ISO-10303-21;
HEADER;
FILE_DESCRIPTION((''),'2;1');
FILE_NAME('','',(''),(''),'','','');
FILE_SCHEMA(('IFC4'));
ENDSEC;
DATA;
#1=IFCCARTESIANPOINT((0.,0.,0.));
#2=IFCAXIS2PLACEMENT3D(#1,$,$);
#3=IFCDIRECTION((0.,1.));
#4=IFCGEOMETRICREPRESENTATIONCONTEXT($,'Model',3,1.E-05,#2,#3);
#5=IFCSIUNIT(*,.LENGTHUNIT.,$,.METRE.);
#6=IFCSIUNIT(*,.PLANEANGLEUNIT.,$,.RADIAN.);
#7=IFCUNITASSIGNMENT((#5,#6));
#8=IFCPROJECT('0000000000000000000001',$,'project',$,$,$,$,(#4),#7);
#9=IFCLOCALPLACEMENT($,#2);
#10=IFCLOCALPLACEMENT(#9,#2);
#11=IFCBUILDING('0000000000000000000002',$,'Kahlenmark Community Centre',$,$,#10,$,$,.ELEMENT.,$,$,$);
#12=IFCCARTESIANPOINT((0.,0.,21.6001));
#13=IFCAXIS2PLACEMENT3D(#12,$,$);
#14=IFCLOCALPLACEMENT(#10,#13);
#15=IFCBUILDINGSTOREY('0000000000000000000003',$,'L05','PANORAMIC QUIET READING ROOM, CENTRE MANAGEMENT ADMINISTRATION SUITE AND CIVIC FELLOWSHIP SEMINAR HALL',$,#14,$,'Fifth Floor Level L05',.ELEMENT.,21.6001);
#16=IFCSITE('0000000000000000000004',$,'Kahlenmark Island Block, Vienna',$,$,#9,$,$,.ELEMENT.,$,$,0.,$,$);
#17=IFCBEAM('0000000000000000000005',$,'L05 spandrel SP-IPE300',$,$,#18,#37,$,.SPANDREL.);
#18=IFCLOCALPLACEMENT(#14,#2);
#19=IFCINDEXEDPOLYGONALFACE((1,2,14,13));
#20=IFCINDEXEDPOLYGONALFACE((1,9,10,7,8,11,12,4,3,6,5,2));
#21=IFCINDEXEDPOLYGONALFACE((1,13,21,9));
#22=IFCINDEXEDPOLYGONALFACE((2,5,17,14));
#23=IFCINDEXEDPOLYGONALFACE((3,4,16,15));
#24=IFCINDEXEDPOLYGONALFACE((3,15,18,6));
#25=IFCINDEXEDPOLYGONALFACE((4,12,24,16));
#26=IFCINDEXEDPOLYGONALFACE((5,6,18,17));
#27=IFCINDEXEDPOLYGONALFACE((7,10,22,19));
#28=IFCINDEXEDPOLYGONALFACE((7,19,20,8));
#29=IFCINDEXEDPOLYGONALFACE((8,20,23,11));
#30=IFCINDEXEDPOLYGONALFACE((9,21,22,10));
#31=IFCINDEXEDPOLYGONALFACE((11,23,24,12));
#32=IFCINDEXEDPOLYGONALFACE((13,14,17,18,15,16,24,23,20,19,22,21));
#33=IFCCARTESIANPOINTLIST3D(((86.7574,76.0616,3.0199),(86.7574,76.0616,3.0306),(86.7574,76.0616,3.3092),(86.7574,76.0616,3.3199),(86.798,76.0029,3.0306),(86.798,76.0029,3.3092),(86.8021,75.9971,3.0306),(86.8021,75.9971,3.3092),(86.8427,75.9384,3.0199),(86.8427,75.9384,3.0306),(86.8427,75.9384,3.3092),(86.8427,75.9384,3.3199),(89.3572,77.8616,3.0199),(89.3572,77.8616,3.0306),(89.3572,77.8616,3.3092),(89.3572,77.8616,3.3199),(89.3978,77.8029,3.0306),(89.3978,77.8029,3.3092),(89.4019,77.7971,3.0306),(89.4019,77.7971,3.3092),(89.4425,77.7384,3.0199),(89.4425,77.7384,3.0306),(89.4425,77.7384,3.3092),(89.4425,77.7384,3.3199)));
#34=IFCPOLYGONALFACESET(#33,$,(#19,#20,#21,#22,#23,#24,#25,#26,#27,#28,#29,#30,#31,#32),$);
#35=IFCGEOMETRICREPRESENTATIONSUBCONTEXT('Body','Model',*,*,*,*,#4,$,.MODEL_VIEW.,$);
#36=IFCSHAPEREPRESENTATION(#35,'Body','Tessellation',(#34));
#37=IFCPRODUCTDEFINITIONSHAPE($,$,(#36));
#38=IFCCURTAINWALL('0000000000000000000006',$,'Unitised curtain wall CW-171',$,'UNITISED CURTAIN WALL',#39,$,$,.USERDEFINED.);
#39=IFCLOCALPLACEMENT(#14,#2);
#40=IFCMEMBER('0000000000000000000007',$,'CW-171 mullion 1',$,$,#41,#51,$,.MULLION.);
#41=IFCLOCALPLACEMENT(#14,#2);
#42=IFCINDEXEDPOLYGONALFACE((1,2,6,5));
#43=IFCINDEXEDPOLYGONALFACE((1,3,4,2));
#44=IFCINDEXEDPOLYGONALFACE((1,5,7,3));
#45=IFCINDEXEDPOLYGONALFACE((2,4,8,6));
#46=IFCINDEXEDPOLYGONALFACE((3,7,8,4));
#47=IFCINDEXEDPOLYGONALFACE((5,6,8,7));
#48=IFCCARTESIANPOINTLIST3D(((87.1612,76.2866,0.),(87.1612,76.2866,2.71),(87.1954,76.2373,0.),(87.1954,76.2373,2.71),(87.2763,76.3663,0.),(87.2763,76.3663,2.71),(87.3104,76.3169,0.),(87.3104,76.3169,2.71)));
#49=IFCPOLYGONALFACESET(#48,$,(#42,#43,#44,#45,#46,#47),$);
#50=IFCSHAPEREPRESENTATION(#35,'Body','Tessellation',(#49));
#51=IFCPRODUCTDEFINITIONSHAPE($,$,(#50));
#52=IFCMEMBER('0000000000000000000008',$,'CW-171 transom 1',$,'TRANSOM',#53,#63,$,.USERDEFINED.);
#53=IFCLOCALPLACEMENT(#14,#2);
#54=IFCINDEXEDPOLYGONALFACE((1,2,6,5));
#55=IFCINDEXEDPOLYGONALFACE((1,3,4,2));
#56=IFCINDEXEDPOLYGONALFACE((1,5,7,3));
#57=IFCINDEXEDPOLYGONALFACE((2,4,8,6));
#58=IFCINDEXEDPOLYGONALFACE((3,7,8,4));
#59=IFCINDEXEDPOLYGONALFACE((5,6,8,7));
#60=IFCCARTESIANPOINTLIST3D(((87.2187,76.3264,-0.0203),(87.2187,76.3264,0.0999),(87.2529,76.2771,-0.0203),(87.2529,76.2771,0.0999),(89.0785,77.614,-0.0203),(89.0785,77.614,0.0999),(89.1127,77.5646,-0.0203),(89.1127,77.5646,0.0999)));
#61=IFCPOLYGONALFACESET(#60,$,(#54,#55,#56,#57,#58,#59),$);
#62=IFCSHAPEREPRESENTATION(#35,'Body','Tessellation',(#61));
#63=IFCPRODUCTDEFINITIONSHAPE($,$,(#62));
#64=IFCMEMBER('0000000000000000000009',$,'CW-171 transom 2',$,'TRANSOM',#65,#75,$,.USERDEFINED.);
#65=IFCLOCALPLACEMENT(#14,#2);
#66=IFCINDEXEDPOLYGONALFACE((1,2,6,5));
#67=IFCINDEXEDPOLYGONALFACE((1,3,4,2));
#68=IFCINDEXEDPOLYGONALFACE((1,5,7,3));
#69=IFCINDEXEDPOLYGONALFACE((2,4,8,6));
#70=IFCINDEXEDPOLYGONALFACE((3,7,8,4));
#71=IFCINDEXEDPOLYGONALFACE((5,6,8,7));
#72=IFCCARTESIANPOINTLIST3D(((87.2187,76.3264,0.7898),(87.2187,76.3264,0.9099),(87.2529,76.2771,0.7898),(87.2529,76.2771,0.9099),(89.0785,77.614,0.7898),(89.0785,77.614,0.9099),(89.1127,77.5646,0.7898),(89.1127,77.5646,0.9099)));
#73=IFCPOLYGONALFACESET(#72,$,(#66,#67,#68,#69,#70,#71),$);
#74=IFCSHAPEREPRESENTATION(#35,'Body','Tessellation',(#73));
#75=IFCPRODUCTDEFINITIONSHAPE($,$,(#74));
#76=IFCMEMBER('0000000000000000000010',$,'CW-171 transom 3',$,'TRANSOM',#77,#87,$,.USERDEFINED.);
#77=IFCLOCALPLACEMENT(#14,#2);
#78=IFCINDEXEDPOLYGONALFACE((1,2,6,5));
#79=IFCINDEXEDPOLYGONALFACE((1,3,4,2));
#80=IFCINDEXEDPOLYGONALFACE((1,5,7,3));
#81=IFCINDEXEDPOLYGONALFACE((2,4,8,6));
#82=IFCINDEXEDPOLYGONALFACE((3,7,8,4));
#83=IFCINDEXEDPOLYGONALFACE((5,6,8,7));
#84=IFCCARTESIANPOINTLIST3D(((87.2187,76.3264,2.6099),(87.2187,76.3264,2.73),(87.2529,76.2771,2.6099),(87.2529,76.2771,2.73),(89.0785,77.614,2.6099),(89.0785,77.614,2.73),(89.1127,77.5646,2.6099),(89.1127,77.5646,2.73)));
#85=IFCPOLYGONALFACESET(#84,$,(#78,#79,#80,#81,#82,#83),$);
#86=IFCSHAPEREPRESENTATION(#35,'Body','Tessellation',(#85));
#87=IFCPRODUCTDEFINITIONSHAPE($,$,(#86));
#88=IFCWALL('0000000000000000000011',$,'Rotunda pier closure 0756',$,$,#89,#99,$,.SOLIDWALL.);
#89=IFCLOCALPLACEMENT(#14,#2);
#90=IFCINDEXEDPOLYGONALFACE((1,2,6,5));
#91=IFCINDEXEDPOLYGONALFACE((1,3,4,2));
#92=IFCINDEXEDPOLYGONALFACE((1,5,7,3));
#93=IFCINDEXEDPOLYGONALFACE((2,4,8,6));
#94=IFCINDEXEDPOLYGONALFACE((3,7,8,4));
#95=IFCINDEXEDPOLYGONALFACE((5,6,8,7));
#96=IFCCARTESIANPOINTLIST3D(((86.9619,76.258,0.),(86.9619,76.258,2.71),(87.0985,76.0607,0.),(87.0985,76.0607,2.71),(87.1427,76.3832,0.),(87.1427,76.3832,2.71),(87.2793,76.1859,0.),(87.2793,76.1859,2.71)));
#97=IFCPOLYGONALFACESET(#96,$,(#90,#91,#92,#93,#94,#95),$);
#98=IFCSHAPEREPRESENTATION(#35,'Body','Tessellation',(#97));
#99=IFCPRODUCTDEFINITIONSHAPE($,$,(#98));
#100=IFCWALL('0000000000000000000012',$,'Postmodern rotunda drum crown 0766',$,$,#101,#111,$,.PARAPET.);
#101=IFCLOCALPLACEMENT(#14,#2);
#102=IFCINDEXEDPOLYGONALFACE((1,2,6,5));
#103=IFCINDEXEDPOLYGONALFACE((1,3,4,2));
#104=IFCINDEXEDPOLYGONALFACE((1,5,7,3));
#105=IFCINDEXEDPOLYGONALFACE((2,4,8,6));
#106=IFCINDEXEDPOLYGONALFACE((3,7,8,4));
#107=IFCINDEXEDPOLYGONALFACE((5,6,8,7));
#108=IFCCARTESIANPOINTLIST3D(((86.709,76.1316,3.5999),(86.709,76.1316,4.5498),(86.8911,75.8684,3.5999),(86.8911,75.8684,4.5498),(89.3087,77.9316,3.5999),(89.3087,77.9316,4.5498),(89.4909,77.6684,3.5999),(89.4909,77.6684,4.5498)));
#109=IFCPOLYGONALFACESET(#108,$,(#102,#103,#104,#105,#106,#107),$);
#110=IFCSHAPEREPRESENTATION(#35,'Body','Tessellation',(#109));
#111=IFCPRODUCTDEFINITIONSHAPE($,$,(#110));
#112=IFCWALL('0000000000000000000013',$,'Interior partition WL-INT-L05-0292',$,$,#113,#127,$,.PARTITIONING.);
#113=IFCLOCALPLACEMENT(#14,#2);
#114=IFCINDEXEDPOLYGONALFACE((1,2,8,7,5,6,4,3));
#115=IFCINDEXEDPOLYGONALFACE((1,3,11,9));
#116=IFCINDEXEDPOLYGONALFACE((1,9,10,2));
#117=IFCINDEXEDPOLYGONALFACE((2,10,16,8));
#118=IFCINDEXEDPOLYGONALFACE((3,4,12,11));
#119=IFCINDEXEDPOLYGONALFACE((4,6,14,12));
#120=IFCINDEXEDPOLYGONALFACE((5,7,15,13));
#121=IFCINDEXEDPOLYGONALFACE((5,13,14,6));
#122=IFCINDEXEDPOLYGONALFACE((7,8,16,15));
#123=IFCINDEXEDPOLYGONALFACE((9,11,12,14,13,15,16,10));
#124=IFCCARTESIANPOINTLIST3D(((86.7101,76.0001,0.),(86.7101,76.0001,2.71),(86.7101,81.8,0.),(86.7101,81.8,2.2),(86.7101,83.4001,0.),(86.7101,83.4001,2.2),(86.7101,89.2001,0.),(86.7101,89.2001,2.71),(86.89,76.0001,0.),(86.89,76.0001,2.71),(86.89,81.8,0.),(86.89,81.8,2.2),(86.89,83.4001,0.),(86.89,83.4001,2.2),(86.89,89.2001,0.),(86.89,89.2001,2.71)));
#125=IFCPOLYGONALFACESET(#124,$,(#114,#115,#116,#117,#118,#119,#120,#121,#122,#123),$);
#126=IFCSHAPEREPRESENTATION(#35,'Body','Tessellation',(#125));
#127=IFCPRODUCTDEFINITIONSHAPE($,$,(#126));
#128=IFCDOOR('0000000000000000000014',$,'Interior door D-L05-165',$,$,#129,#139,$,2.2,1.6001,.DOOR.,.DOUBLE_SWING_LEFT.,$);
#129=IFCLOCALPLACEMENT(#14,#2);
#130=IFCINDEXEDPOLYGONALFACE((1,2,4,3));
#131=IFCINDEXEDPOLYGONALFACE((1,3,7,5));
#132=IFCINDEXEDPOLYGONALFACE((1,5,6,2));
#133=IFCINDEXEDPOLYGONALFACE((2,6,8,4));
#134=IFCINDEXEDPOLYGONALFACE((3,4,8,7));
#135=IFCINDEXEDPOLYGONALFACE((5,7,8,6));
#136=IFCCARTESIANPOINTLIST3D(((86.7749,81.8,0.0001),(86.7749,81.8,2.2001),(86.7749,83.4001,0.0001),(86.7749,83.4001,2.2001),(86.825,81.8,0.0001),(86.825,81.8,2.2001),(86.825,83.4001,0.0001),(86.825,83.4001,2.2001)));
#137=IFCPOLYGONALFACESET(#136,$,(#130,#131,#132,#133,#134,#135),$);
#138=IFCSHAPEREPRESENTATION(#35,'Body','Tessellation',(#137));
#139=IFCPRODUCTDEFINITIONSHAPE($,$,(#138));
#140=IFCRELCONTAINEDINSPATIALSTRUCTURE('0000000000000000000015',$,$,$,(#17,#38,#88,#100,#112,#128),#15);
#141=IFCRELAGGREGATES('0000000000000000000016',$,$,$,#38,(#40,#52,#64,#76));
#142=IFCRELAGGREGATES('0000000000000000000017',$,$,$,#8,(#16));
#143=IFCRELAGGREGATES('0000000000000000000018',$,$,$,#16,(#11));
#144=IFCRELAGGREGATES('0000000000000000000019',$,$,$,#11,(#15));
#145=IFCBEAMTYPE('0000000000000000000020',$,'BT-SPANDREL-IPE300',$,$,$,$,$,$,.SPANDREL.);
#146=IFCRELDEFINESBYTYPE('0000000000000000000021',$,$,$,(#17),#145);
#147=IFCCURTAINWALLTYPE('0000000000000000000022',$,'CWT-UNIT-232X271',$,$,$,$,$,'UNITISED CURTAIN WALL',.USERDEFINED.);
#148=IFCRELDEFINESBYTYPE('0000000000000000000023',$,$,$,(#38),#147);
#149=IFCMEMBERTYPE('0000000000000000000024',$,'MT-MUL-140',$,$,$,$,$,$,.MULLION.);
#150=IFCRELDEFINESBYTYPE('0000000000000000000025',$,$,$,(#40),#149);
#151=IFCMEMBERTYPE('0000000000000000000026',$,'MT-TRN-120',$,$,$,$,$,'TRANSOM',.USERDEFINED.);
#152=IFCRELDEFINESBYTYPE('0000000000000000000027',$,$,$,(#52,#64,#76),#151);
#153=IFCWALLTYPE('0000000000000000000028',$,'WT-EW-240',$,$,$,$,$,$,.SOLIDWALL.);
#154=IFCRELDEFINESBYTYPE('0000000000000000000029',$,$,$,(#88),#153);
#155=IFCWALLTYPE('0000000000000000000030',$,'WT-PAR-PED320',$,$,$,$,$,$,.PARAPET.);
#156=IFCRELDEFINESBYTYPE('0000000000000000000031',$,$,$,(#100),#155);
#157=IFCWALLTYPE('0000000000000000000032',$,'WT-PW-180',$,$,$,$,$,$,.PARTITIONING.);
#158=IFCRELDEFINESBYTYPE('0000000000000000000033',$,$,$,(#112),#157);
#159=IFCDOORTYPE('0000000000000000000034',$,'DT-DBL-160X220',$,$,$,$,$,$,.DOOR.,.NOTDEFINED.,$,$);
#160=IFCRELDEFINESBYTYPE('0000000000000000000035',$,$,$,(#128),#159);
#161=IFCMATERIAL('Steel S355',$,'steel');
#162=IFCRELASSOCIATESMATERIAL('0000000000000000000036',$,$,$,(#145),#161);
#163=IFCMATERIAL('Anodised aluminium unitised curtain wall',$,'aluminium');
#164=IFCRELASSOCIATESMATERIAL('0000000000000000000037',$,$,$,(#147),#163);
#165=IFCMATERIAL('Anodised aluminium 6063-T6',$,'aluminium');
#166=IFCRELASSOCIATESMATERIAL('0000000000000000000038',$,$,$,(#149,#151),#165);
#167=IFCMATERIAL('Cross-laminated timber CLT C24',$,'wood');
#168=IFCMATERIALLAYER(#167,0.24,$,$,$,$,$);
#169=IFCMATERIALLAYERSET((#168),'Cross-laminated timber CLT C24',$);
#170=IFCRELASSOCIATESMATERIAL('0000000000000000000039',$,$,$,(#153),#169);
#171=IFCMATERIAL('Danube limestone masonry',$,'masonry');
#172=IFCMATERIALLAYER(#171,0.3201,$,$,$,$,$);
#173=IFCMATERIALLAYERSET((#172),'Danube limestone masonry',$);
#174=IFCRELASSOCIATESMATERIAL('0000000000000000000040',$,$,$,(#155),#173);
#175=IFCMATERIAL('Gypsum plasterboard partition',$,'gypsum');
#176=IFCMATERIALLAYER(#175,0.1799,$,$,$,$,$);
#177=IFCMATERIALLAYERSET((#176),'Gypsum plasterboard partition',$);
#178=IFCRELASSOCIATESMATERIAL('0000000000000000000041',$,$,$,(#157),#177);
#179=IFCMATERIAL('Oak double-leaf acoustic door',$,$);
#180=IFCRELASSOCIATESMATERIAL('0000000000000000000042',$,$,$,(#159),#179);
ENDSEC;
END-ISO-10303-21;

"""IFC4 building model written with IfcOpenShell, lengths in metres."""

from ifc_helpers import new_model, si_unit, direction, frame, frame_2d, origin, origin_2d, place, context, subcontext, project, spatial, rectangle, i_section, extrude, material, layer, layer_set, material_profile, profile_set, type_object, element, fill, aggregate, save


model = new_model("IFC4")

# Units and contexts
model_context = context("Model", 3, precision=1e-05, world=origin(), true_north=direction((0.0, 1.0)))
body_context = subcontext(model_context, "Body", "Model", "MODEL_VIEW")
ifc_project = project(units=[si_unit("LENGTHUNIT", "METRE"), si_unit("PLANEANGLEUNIT", "RADIAN")], contexts=[model_context])

# Site, building, storey
site_placement = place(None, origin())
site = spatial("IfcSite", under=ifc_project, at=site_placement, Name="Kahlenmark Island Block, Vienna", CompositionType="ELEMENT", RefElevation=0.0)
building_placement = place(site_placement, origin())
building = spatial("IfcBuilding", under=site, at=building_placement, Name="Kahlenmark Community Centre", CompositionType="ELEMENT")
storey_placement = place(building_placement, frame((0.0, 0.0, 21.6001)))
storey = spatial("IfcBuildingStorey", under=building, at=storey_placement, Name="L05", Description="PANORAMIC QUIET READING ROOM, CENTRE MANAGEMENT ADMINISTRATION SUITE AND CIVIC FELLOWSHIP SEMINAR HALL", LongName="Fifth Floor Level L05", CompositionType="ELEMENT", Elevation=21.6001)

# Shared definitions
ifc_material_1 = material(Name="Steel S355", Category="steel")

# Beam
ifc_material_profile_1 = material_profile(ifc_material_1, i_section(OverallWidth=0.1499, OverallDepth=0.3, WebThickness=0.0071, FlangeThickness=0.0107, at=origin_2d()), Name="IPE 300")
ifc_profile_set_1 = profile_set([ifc_material_profile_1], Name="Steel S355")
beam_type_1 = type_object("IfcBeamType", Name="BT-SPANDREL-IPE300", PredefinedType="SPANDREL", material=ifc_profile_set_1)
for number, where, z_axis, x_axis, name in (
    (1, (86.8, 76.0, 3.1699), (0.82217, 0.569242, 0.0), (-0.569242, 0.82217, 0.0), "L05 spandrel SP-IPE300"),
):
    element("IfcBeam", number, at=place(storey_placement, frame(where, z_axis=z_axis, x_axis=x_axis)), inside=storey, type_object=beam_type_1, Name=name, PredefinedType="SPANDREL", context=body_context, shape_type="SweptSolid", body=[
        extrude(i_section(OverallWidth=0.1499, OverallDepth=0.3, WebThickness=0.0071, FlangeThickness=0.0107, at=origin_2d()), origin(), (0.0, 0.0, 1.0), 3.1621),
    ])

# Curtain wall, members
ifc_material_2 = material(Name="Anodised aluminium unitised curtain wall", Category="aluminium")
curtain_wall_type = type_object("IfcCurtainWallType", Name="CWT-UNIT-232X271", ElementType="UNITISED CURTAIN WALL", PredefinedType="USERDEFINED", material=ifc_material_2)
curtain_wall_placement = place(storey_placement, origin())
curtain_wall = element("IfcCurtainWall", 2, at=curtain_wall_placement, inside=storey, type_object=curtain_wall_type, Name="Unitised curtain wall CW-171", ObjectType="UNITISED CURTAIN WALL", PredefinedType="USERDEFINED")
ifc_material_3 = material(Name="Anodised aluminium 6063-T6", Category="aluminium")
ifc_material_profile_2 = material_profile(ifc_material_3, rectangle(XDim=0.0601, YDim=0.1399, at=origin_2d()), Name="ALU MULLION 60x140")
ifc_profile_set_2 = profile_set([ifc_material_profile_2], Name="Anodised aluminium 6063-T6")
member_type_1 = type_object("IfcMemberType", Name="MT-MUL-140", PredefinedType="MULLION", material=ifc_profile_set_2)
member_1_placement = place(storey_placement, frame((87.2358, 76.3018, 0.0), z_axis=(0.0, 0.0, 1.0), x_axis=(-0.569212, 0.822191, 0.0)))
member_1 = element("IfcMember", 3, at=member_1_placement, type_object=member_type_1, Name="CW-171 mullion 1", PredefinedType="MULLION", context=body_context, shape_type="SweptSolid", body=[
    extrude(rectangle(XDim=0.0601, YDim=0.1399, at=origin_2d()), origin(), (0.0, 0.0, 1.0), 2.71),
])
ifc_material_profile_3 = material_profile(ifc_material_3, rectangle(XDim=0.0601, YDim=0.1201, at=origin_2d()), Name="ALU TRANSOM 60x120")
ifc_profile_set_3 = profile_set([ifc_material_profile_3], Name="Anodised aluminium 6063-T6")
member_type_2 = type_object("IfcMemberType", Name="MT-TRN-120", ElementType="TRANSOM", PredefinedType="USERDEFINED", material=ifc_profile_set_3)
member_2_placement = place(storey_placement, frame((87.2358, 76.3018, 0.0398), z_axis=(0.822192, 0.56921, 0.0), x_axis=(-0.56921, 0.822192, 0.0)))
member_2 = element("IfcMember", 4, at=member_2_placement, type_object=member_type_2, Name="CW-171 transom 1", ObjectType="TRANSOM", PredefinedType="USERDEFINED", context=body_context, shape_type="SweptSolid", body=[
    extrude(rectangle(XDim=0.0601, YDim=0.1201, at=origin_2d()), origin(), (0.0, 0.0, 1.0), 2.262),
])
member_3_placement = place(storey_placement, frame((87.2358, 76.3018, 0.8499), z_axis=(0.822192, 0.56921, 0.0), x_axis=(-0.56921, 0.822192, 0.0)))
member_3 = element("IfcMember", 5, at=member_3_placement, type_object=member_type_2, Name="CW-171 transom 2", ObjectType="TRANSOM", PredefinedType="USERDEFINED", context=body_context, shape_type="SweptSolid", body=[
    extrude(rectangle(XDim=0.0601, YDim=0.1201, at=origin_2d()), origin(), (0.0, 0.0, 1.0), 2.262),
])
member_4_placement = place(storey_placement, frame((87.2358, 76.3018, 2.6699), z_axis=(0.822192, 0.56921, 0.0), x_axis=(-0.56921, 0.822192, 0.0)))
member_4 = element("IfcMember", 6, at=member_4_placement, type_object=member_type_2, Name="CW-171 transom 3", ObjectType="TRANSOM", PredefinedType="USERDEFINED", context=body_context, shape_type="SweptSolid", body=[
    extrude(rectangle(XDim=0.0601, YDim=0.1201, at=origin_2d()), origin(), (0.0, 0.0, 1.0), 2.262),
])
aggregate(curtain_wall, [member_1, member_2, member_3, member_4])

# Walls
ifc_material_4 = material(Name="Cross-laminated timber CLT C24", Category="wood")
ifc_layer_1 = layer(ifc_material_4, 0.24)
ifc_layer_set_1 = layer_set([ifc_layer_1], Name="Cross-laminated timber CLT C24")
wall_type_1 = type_object("IfcWallType", Name="WT-EW-240", PredefinedType="SOLIDWALL", material=ifc_layer_set_1)
wall_1_placement = place(storey_placement, frame((87.0303, 76.1594, 0.0), z_axis=(0.0, 0.0, 1.0), x_axis=(0.822192, 0.56921, 0.0)))
element("IfcWall", 7, at=wall_1_placement, inside=storey, type_object=wall_type_1, Name="Rotunda pier closure 0756", PredefinedType="SOLIDWALL", context=body_context, shape_type="SweptSolid", body=[
    extrude(rectangle(XDim=0.22, YDim=0.24, at=frame_2d((0.1099, 0.0))), origin(), (0.0, 0.0, 1.0), 2.71),
])
ifc_material_5 = material(Name="Danube limestone masonry", Category="masonry")
ifc_layer_2 = layer(ifc_material_5, 0.3201)
ifc_layer_set_2 = layer_set([ifc_layer_2], Name="Danube limestone masonry")
wall_type_2 = type_object("IfcWallType", Name="WT-PAR-PED320", PredefinedType="PARAPET", material=ifc_layer_set_2)
wall_2_placement = place(storey_placement, frame((86.8, 76.0, 3.5999), z_axis=(0.0, 0.0, 1.0), x_axis=(0.82217, 0.569242, 0.0)))
element("IfcWall", 8, at=wall_2_placement, inside=storey, type_object=wall_type_2, Name="Postmodern rotunda drum crown 0766", PredefinedType="PARAPET", context=body_context, shape_type="SweptSolid", body=[
    extrude(rectangle(XDim=3.1621, YDim=0.3201, at=frame_2d((1.5811, 0.0))), origin(), (0.0, 0.0, 1.0), 0.95),
])

# Wall, opening, door
ifc_material_6 = material(Name="Gypsum plasterboard partition", Category="gypsum")
ifc_layer_3 = layer(ifc_material_6, 0.1799)
ifc_layer_set_3 = layer_set([ifc_layer_3], Name="Gypsum plasterboard partition")
wall_type_3 = type_object("IfcWallType", Name="WT-PW-180", PredefinedType="PARTITIONING", material=ifc_layer_set_3)
wall_3_placement = place(storey_placement, frame((86.8, 76.0, 0.0), z_axis=(0.0, 0.0, 1.0), x_axis=(0.0, 1.0, 0.0)))
wall_3 = element("IfcWall", 9, at=wall_3_placement, inside=storey, type_object=wall_type_3, Name="Interior partition WL-INT-L05-0292", PredefinedType="PARTITIONING", context=body_context, shape_type="SweptSolid", body=[
    extrude(rectangle(XDim=13.2, YDim=0.1799, at=frame_2d((6.6001, 0.0))), origin(), (0.0, 0.0, 1.0), 2.71),
])
opening_placement = place(wall_3_placement, frame((5.8, 0.0, -0.01)))
opening = element("IfcOpeningElement", 10, at=opening_placement, cuts=wall_3, PredefinedType="OPENING", context=body_context, shape_type="SweptSolid", body=[
    extrude(rectangle(XDim=1.6001, YDim=2.21, at=frame_2d((0.8, 1.105))), frame((0.0, 0.0999, 0.0), z_axis=(0.0, -1.0, 0.0), x_axis=(1.0, 0.0, 0.0)), (0.0, 0.0, 1.0), 0.2),
])
ifc_material_7 = material(Name="Oak double-leaf acoustic door")
door_type = type_object("IfcDoorType", Name="DT-DBL-160X220", OperationType="NOTDEFINED", PredefinedType="DOOR", material=ifc_material_7)
door_placement = place(opening_placement, frame((1.6001, 0.0, 0.01), z_axis=(0.0, 0.0, 1.0), x_axis=(-1.0, 0.0, 0.0)))
door = element("IfcDoor", 11, at=door_placement, inside=storey, type_object=door_type, Name="Interior door D-L05-165", OperationType="DOUBLE_SWING_LEFT", OverallHeight=2.2, OverallWidth=1.6001, PredefinedType="DOOR", context=body_context, shape_type="SweptSolid", body=[
    extrude(rectangle(XDim=1.6001, YDim=2.2, at=frame_2d((0.8, 1.1001))), frame((0.0, 0.0249, 0.0), z_axis=(0.0, -1.0, 0.0), x_axis=(1.0, 0.0, 0.0)), (0.0, 0.0, 1.0), 0.05),
])
fill(opening, door)

save(model, "model.ifc")
